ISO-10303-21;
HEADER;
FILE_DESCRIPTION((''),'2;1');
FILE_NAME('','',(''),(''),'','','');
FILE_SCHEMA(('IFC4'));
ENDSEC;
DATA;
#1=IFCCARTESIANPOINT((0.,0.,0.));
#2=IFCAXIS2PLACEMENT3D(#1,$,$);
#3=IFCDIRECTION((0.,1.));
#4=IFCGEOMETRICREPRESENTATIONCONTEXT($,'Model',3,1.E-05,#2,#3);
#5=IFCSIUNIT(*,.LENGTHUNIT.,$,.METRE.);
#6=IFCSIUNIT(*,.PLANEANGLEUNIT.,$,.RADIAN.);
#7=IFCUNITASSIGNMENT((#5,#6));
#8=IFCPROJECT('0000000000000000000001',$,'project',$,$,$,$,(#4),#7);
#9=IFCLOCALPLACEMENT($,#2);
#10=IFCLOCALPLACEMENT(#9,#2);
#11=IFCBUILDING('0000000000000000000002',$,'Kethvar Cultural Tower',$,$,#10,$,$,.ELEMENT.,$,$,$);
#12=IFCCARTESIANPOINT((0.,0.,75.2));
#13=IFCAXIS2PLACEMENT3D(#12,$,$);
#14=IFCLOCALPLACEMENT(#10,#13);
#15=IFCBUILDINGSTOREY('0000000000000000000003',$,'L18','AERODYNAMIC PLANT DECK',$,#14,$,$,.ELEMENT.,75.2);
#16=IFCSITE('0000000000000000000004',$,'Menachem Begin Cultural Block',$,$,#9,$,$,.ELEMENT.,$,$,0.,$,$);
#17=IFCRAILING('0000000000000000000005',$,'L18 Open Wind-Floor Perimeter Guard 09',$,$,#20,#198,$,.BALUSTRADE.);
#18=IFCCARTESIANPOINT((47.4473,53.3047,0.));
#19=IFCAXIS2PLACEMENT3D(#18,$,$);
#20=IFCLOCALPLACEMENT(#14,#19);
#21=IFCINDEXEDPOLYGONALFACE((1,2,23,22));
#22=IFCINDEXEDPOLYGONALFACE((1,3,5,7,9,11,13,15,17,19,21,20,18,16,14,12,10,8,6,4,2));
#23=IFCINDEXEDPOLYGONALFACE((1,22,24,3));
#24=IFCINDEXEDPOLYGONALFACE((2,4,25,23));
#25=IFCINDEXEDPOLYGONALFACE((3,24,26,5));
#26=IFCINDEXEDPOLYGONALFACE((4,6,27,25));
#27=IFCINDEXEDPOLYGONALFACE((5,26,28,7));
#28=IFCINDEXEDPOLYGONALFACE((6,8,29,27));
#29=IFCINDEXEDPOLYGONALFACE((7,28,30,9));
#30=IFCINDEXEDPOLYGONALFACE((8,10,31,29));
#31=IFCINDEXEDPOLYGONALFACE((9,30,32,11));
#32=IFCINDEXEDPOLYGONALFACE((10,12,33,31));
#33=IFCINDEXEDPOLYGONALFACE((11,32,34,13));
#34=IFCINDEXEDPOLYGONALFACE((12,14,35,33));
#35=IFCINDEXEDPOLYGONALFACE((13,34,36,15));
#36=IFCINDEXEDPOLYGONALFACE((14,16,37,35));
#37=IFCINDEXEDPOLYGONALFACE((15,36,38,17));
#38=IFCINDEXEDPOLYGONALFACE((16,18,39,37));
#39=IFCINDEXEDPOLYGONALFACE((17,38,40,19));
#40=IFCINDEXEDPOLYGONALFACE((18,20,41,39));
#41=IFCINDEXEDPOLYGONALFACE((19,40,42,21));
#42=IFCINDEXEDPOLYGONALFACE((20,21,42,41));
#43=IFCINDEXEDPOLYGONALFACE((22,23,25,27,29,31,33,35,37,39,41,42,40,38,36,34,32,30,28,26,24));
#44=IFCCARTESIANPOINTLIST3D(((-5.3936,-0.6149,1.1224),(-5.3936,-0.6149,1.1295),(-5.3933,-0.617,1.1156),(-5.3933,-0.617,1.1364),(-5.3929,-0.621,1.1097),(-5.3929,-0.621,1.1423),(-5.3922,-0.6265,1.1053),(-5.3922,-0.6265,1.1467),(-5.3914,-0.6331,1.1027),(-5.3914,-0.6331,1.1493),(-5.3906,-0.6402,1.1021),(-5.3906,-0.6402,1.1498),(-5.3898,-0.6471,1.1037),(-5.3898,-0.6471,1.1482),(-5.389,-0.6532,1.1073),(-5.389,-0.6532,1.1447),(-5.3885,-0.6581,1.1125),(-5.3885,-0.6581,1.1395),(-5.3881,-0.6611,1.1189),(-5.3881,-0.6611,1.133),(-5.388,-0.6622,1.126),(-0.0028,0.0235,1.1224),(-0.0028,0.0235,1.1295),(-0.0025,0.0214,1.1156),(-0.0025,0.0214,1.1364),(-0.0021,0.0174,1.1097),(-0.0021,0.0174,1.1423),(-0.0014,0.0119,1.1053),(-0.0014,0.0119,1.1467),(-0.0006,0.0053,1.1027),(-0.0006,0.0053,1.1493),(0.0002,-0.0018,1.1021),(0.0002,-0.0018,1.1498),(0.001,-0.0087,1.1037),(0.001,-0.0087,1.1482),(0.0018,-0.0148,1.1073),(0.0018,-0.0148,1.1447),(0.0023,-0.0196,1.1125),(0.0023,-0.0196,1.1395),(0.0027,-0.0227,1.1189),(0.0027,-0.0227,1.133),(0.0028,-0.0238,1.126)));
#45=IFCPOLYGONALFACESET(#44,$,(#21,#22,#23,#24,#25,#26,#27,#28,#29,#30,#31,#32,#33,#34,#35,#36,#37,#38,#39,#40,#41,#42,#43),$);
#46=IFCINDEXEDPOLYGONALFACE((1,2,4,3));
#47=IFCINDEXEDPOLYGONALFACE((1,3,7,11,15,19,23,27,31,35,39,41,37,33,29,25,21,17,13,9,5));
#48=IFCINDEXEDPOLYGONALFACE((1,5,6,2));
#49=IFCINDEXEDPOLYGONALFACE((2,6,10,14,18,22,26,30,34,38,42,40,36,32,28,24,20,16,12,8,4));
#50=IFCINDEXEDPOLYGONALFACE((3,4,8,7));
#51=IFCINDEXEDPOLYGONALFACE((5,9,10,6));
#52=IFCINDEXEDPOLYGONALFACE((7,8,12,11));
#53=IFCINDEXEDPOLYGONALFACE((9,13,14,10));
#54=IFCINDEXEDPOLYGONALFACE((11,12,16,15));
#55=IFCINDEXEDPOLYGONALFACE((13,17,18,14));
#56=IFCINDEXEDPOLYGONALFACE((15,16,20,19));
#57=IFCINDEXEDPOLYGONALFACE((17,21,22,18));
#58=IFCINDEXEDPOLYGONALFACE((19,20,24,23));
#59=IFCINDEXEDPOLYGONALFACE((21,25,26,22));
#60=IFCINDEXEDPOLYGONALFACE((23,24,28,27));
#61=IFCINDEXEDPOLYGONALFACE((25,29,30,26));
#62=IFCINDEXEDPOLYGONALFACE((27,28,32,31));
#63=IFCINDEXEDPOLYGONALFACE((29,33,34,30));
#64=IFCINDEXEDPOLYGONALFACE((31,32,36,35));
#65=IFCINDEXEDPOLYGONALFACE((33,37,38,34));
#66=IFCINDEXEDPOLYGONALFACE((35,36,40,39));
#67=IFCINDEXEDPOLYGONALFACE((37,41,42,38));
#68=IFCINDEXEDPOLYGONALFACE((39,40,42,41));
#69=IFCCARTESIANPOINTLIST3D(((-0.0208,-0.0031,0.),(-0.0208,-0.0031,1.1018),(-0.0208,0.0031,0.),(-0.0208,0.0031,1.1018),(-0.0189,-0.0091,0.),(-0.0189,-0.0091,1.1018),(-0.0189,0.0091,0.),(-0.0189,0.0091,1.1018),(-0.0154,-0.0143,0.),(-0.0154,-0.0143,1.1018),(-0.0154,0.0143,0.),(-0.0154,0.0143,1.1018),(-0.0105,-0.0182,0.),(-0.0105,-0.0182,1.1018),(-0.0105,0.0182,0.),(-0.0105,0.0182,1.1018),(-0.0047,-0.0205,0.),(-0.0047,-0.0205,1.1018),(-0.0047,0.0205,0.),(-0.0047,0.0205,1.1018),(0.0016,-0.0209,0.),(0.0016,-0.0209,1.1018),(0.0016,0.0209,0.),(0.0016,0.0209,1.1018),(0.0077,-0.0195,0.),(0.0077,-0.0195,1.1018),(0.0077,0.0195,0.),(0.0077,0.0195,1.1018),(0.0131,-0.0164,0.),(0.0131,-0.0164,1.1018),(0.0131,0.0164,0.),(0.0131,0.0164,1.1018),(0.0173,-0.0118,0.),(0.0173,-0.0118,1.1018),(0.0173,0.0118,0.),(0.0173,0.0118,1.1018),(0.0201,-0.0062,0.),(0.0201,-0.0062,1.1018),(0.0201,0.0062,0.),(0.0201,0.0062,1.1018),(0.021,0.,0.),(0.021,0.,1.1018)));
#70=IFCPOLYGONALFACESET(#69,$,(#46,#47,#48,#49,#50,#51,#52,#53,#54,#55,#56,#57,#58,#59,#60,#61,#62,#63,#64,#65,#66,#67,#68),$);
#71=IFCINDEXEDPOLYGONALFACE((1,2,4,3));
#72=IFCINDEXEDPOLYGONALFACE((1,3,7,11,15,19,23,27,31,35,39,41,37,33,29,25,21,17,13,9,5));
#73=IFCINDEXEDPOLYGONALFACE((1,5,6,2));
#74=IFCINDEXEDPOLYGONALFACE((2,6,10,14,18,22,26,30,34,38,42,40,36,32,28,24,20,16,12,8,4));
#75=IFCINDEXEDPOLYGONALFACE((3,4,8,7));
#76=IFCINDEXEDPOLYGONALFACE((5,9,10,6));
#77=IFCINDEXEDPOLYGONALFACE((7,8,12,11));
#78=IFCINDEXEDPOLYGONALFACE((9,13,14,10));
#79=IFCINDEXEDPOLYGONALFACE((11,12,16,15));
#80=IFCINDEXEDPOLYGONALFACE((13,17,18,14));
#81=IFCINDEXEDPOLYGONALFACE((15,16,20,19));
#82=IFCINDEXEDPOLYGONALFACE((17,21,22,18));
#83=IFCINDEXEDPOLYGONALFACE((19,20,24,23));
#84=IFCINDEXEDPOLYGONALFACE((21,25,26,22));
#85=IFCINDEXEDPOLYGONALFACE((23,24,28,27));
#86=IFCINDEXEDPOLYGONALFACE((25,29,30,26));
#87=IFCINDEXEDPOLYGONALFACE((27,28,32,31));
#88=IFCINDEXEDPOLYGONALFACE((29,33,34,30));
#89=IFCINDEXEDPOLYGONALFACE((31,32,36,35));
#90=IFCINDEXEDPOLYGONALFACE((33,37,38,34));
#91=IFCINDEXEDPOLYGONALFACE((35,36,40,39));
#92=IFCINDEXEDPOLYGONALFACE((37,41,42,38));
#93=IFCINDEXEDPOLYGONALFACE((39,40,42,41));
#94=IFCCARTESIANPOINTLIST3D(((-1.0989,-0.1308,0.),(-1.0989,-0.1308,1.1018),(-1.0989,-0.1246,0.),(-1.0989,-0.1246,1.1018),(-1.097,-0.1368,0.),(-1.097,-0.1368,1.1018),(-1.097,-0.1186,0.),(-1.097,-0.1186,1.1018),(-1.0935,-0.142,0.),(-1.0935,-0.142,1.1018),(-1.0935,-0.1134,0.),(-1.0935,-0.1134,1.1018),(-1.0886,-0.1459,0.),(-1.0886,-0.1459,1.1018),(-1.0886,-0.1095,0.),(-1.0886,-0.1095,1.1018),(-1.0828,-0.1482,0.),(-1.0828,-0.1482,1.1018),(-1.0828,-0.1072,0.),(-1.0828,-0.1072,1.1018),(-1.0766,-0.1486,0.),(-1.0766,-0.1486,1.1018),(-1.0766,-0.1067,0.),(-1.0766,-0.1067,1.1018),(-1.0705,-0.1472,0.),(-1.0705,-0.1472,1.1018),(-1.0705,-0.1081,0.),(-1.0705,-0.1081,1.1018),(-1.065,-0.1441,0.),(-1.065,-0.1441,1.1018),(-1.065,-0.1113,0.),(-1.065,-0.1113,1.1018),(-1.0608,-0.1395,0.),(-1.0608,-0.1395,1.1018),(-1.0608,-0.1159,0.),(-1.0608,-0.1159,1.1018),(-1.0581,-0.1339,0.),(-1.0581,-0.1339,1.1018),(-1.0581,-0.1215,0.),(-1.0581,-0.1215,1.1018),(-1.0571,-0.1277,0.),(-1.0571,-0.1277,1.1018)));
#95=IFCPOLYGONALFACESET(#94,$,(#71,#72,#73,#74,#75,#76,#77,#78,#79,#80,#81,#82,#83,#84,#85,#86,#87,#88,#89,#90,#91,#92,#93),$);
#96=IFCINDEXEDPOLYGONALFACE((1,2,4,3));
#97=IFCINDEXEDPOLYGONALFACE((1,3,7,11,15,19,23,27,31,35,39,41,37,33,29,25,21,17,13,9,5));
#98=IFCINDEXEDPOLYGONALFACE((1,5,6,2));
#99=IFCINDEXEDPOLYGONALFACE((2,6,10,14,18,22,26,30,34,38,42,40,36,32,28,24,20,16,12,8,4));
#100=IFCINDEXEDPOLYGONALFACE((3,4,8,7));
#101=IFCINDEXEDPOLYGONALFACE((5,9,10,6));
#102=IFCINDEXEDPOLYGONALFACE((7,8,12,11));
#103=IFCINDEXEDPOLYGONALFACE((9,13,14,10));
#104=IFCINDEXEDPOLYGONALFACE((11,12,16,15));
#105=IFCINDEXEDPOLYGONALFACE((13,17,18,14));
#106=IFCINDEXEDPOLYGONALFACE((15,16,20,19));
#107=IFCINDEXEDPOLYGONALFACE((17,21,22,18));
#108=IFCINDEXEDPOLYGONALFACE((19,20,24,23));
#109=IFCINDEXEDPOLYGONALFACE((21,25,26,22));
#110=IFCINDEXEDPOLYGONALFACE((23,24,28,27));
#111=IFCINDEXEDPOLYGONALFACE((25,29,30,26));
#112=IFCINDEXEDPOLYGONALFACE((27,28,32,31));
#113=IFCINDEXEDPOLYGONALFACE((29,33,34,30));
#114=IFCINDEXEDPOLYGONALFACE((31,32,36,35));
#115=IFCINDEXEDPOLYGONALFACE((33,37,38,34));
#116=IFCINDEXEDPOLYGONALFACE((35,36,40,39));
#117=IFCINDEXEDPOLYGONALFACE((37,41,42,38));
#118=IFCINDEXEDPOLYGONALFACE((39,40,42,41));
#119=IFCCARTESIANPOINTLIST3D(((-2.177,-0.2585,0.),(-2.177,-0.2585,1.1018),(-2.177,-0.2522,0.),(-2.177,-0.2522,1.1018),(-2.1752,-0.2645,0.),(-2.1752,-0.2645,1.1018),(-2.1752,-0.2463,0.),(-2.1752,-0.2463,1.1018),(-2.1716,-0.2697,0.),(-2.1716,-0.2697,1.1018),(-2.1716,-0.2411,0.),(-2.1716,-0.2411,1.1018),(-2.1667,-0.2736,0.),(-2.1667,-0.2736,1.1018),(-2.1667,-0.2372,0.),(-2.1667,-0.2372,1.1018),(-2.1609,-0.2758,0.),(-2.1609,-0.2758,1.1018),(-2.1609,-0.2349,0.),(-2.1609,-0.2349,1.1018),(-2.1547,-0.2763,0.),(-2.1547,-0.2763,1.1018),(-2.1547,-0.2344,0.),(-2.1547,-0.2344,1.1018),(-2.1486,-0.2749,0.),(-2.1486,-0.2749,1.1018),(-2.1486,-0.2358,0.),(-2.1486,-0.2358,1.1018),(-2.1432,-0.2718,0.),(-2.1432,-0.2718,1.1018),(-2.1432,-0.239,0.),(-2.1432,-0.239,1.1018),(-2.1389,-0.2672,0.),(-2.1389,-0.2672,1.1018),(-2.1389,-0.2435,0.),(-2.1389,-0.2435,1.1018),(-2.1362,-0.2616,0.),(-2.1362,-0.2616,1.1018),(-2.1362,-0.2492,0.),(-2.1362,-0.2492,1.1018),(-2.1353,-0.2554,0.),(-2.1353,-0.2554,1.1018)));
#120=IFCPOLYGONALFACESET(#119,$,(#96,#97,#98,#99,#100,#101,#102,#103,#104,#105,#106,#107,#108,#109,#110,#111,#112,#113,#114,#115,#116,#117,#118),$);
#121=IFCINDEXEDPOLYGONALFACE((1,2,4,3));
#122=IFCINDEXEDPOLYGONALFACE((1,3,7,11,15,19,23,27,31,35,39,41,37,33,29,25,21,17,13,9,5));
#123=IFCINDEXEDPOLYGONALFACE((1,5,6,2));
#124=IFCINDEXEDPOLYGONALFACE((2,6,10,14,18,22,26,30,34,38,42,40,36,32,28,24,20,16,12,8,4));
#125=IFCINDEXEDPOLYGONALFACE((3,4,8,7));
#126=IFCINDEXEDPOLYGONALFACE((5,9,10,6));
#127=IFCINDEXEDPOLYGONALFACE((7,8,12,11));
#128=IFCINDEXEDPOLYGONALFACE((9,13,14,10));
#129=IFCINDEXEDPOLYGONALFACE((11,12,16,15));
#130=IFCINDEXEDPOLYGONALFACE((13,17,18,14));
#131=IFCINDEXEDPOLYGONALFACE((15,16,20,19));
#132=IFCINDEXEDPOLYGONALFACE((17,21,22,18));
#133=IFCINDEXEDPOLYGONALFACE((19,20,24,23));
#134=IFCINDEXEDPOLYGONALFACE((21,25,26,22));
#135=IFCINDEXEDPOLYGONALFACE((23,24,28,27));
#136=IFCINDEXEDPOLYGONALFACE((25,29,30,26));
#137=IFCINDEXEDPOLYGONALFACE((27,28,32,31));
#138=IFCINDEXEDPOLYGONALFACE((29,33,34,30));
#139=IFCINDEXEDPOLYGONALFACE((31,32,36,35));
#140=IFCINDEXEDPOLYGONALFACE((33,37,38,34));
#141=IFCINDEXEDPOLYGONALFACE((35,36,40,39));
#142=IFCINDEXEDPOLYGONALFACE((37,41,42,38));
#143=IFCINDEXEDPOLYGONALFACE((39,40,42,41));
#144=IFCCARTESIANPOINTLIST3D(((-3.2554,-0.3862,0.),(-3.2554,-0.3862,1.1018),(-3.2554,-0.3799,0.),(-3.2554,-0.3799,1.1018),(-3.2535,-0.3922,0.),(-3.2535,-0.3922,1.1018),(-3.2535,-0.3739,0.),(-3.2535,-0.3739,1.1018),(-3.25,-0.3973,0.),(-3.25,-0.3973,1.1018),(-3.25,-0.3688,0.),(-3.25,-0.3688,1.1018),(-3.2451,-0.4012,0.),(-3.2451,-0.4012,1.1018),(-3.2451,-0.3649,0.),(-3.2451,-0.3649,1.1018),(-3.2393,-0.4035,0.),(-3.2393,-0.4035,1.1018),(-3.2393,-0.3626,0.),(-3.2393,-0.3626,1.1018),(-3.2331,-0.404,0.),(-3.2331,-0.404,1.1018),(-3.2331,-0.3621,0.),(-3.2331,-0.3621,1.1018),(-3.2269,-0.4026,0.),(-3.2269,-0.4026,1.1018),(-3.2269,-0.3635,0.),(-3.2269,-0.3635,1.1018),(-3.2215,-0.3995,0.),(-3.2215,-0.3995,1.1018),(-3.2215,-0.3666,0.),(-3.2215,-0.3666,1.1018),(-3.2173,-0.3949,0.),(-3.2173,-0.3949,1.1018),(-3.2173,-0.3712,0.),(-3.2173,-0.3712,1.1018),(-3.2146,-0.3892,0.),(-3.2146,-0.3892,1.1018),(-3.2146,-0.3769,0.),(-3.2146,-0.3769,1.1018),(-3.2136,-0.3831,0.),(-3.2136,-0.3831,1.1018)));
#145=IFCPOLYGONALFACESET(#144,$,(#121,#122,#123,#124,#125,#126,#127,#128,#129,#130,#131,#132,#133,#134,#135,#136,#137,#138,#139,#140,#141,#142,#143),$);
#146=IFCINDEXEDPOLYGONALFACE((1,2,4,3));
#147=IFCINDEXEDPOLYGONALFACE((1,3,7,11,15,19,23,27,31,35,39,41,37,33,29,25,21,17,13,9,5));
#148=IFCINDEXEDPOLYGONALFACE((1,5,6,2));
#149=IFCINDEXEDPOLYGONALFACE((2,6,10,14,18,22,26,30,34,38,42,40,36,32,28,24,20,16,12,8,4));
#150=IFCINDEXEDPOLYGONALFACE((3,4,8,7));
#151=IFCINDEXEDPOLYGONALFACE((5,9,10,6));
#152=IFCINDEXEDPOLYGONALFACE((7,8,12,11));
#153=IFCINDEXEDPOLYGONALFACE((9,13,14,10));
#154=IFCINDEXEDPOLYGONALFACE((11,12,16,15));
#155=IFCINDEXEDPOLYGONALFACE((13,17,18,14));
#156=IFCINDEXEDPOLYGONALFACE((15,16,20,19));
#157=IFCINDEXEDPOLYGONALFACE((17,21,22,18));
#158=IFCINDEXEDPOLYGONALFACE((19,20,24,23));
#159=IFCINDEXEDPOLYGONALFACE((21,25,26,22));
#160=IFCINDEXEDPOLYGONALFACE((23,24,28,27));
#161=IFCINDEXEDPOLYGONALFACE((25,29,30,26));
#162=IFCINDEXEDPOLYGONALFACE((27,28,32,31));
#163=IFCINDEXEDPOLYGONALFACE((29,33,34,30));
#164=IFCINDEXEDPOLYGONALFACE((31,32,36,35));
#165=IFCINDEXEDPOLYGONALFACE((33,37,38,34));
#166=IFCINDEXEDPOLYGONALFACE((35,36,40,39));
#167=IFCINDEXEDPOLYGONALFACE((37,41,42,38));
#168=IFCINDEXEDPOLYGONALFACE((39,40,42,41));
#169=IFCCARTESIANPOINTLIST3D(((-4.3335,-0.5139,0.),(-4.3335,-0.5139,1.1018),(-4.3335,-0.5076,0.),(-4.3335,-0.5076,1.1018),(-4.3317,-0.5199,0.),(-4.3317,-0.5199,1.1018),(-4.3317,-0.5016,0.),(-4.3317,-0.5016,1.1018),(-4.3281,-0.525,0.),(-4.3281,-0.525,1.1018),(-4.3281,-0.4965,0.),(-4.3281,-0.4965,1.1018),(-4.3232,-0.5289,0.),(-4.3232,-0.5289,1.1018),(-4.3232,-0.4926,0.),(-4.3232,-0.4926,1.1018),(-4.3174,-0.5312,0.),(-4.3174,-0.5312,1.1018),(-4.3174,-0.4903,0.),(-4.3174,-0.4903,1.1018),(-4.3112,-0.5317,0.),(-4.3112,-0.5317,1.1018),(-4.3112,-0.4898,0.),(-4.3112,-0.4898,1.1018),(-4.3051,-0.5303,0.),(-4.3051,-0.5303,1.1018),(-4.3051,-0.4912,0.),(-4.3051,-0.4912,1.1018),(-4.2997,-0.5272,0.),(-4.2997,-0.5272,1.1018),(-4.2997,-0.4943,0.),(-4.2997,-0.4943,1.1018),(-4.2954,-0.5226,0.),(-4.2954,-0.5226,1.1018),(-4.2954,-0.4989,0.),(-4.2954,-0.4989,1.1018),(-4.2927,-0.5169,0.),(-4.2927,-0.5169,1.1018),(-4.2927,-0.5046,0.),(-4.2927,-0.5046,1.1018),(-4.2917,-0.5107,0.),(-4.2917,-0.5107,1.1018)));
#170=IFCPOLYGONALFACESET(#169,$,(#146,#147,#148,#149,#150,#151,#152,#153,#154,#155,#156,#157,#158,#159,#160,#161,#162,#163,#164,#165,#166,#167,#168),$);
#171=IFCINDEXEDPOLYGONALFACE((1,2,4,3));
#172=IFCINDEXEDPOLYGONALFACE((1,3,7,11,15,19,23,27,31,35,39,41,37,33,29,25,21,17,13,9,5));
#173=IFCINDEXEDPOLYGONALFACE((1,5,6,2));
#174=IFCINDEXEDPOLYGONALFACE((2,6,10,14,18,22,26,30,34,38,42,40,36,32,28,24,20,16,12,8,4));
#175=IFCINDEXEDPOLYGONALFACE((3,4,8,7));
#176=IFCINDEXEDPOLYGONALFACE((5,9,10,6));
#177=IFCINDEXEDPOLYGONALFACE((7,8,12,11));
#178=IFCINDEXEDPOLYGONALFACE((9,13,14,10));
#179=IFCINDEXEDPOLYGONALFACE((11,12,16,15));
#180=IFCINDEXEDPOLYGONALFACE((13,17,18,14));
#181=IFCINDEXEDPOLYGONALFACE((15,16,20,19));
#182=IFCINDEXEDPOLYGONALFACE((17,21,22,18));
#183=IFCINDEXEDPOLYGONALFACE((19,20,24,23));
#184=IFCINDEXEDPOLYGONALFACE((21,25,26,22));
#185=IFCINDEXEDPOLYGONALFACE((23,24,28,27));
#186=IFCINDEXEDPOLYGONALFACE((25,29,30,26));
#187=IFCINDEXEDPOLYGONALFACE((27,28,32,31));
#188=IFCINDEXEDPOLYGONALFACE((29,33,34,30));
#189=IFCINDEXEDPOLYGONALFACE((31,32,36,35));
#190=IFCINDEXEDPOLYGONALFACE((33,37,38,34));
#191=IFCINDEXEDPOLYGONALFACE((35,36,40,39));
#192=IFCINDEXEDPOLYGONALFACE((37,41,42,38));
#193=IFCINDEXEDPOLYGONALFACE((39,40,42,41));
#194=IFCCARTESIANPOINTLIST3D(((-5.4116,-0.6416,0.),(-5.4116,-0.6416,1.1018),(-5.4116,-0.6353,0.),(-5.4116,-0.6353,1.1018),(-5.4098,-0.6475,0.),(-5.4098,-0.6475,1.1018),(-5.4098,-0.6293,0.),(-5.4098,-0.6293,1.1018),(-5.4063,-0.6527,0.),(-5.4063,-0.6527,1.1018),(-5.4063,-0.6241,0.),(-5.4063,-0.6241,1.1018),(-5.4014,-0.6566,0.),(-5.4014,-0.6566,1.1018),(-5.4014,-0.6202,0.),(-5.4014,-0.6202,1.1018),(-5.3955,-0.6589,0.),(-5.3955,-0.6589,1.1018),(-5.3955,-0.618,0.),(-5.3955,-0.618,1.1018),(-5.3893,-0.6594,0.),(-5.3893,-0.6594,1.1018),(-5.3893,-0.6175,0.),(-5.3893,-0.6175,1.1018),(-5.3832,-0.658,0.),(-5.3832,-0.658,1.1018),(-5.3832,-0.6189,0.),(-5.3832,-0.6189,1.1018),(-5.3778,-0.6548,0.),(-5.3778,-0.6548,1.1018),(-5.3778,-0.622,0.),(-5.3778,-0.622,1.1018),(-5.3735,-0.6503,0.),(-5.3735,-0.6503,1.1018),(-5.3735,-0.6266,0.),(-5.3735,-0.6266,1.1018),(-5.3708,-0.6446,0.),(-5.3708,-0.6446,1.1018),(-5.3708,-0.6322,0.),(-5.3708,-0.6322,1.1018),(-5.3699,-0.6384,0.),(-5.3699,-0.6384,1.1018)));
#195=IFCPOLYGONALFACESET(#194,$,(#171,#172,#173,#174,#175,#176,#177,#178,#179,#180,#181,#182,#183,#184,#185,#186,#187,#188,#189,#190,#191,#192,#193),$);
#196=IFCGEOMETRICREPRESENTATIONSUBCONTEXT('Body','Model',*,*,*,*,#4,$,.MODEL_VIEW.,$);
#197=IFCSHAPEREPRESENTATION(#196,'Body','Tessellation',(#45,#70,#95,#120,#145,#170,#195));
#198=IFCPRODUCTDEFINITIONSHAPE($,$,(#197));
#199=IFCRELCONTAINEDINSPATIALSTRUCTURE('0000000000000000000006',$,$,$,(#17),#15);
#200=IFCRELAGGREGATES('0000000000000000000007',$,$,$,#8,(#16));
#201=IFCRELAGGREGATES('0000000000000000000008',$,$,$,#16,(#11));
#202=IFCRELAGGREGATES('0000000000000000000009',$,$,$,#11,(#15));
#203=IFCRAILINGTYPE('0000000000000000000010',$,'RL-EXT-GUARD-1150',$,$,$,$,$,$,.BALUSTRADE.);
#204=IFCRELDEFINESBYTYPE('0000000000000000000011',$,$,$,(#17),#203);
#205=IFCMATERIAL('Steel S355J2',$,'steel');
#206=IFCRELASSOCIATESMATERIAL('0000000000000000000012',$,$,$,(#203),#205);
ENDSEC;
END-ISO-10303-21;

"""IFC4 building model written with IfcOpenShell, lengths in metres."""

from ifc_helpers import new_model, si_unit, direction, frame, origin, origin_2d, place, context, subcontext, project, spatial, circle, extrude, material, type_object, element, save


model = new_model("IFC4")

# Units and contexts
model_context = context("Model", 3, precision=1e-05, world=origin(), true_north=direction((0.0, 1.0)))
body_context = subcontext(model_context, "Body", "Model", "MODEL_VIEW")
ifc_project = project(units=[si_unit("LENGTHUNIT", "METRE"), si_unit("PLANEANGLEUNIT", "RADIAN")], contexts=[model_context])

# Site, building, storey
site_placement = place(None, origin())
site = spatial("IfcSite", under=ifc_project, at=site_placement, Name="Menachem Begin Cultural Block", CompositionType="ELEMENT", RefElevation=0.0)
building_placement = place(site_placement, origin())
building = spatial("IfcBuilding", under=site, at=building_placement, Name="Kethvar Cultural Tower", CompositionType="ELEMENT")
storey_placement = place(building_placement, frame((0.0, 0.0, 75.2)))
storey = spatial("IfcBuildingStorey", under=building, at=storey_placement, Name="L18", Description="AERODYNAMIC PLANT DECK", CompositionType="ELEMENT", Elevation=75.2)

# Shared definitions
ifc_material_1 = material(Name="Steel S355J2", Category="steel")

# Railing
railing_type_1 = type_object("IfcRailingType", Name="RL-EXT-GUARD-1150", PredefinedType="BALUSTRADE", material=ifc_material_1)
railing_1_placement = place(storey_placement, frame((47.4473, 53.3047, 0.0)))
element("IfcRailing", 1, at=railing_1_placement, inside=storey, type_object=railing_type_1, Name="L18 Open Wind-Floor Perimeter Guard 09", PredefinedType="BALUSTRADE", context=body_context, shape_type="SweptSolid", body=[
    extrude(circle(Radius=0.0239, at=origin_2d()), frame((0.0, 0.0, 1.126), z_axis=(-0.99306, -0.117606, 0.0), x_axis=(0.117606, -0.99306, 0.0)), (0.0, 0.0, 1.0), 5.4285),
    extrude(circle(Radius=0.021, at=origin_2d()), origin(), (0.0, 0.0, 1.0), 1.1018),
    extrude(circle(Radius=0.021, at=origin_2d()), frame((-1.0781, -0.1277, 0.0)), (0.0, 0.0, 1.0), 1.1018),
    extrude(circle(Radius=0.021, at=origin_2d()), frame((-2.1562, -0.2554, 0.0)), (0.0, 0.0, 1.0), 1.1018),
    extrude(circle(Radius=0.021, at=origin_2d()), frame((-3.2346, -0.3831, 0.0)), (0.0, 0.0, 1.0), 1.1018),
    extrude(circle(Radius=0.021, at=origin_2d()), frame((-4.3127, -0.5107, 0.0)), (0.0, 0.0, 1.0), 1.1018),
    extrude(circle(Radius=0.021, at=origin_2d()), frame((-5.3909, -0.6384, 0.0)), (0.0, 0.0, 1.0), 1.1018),
])

save(model, "model.ifc")
